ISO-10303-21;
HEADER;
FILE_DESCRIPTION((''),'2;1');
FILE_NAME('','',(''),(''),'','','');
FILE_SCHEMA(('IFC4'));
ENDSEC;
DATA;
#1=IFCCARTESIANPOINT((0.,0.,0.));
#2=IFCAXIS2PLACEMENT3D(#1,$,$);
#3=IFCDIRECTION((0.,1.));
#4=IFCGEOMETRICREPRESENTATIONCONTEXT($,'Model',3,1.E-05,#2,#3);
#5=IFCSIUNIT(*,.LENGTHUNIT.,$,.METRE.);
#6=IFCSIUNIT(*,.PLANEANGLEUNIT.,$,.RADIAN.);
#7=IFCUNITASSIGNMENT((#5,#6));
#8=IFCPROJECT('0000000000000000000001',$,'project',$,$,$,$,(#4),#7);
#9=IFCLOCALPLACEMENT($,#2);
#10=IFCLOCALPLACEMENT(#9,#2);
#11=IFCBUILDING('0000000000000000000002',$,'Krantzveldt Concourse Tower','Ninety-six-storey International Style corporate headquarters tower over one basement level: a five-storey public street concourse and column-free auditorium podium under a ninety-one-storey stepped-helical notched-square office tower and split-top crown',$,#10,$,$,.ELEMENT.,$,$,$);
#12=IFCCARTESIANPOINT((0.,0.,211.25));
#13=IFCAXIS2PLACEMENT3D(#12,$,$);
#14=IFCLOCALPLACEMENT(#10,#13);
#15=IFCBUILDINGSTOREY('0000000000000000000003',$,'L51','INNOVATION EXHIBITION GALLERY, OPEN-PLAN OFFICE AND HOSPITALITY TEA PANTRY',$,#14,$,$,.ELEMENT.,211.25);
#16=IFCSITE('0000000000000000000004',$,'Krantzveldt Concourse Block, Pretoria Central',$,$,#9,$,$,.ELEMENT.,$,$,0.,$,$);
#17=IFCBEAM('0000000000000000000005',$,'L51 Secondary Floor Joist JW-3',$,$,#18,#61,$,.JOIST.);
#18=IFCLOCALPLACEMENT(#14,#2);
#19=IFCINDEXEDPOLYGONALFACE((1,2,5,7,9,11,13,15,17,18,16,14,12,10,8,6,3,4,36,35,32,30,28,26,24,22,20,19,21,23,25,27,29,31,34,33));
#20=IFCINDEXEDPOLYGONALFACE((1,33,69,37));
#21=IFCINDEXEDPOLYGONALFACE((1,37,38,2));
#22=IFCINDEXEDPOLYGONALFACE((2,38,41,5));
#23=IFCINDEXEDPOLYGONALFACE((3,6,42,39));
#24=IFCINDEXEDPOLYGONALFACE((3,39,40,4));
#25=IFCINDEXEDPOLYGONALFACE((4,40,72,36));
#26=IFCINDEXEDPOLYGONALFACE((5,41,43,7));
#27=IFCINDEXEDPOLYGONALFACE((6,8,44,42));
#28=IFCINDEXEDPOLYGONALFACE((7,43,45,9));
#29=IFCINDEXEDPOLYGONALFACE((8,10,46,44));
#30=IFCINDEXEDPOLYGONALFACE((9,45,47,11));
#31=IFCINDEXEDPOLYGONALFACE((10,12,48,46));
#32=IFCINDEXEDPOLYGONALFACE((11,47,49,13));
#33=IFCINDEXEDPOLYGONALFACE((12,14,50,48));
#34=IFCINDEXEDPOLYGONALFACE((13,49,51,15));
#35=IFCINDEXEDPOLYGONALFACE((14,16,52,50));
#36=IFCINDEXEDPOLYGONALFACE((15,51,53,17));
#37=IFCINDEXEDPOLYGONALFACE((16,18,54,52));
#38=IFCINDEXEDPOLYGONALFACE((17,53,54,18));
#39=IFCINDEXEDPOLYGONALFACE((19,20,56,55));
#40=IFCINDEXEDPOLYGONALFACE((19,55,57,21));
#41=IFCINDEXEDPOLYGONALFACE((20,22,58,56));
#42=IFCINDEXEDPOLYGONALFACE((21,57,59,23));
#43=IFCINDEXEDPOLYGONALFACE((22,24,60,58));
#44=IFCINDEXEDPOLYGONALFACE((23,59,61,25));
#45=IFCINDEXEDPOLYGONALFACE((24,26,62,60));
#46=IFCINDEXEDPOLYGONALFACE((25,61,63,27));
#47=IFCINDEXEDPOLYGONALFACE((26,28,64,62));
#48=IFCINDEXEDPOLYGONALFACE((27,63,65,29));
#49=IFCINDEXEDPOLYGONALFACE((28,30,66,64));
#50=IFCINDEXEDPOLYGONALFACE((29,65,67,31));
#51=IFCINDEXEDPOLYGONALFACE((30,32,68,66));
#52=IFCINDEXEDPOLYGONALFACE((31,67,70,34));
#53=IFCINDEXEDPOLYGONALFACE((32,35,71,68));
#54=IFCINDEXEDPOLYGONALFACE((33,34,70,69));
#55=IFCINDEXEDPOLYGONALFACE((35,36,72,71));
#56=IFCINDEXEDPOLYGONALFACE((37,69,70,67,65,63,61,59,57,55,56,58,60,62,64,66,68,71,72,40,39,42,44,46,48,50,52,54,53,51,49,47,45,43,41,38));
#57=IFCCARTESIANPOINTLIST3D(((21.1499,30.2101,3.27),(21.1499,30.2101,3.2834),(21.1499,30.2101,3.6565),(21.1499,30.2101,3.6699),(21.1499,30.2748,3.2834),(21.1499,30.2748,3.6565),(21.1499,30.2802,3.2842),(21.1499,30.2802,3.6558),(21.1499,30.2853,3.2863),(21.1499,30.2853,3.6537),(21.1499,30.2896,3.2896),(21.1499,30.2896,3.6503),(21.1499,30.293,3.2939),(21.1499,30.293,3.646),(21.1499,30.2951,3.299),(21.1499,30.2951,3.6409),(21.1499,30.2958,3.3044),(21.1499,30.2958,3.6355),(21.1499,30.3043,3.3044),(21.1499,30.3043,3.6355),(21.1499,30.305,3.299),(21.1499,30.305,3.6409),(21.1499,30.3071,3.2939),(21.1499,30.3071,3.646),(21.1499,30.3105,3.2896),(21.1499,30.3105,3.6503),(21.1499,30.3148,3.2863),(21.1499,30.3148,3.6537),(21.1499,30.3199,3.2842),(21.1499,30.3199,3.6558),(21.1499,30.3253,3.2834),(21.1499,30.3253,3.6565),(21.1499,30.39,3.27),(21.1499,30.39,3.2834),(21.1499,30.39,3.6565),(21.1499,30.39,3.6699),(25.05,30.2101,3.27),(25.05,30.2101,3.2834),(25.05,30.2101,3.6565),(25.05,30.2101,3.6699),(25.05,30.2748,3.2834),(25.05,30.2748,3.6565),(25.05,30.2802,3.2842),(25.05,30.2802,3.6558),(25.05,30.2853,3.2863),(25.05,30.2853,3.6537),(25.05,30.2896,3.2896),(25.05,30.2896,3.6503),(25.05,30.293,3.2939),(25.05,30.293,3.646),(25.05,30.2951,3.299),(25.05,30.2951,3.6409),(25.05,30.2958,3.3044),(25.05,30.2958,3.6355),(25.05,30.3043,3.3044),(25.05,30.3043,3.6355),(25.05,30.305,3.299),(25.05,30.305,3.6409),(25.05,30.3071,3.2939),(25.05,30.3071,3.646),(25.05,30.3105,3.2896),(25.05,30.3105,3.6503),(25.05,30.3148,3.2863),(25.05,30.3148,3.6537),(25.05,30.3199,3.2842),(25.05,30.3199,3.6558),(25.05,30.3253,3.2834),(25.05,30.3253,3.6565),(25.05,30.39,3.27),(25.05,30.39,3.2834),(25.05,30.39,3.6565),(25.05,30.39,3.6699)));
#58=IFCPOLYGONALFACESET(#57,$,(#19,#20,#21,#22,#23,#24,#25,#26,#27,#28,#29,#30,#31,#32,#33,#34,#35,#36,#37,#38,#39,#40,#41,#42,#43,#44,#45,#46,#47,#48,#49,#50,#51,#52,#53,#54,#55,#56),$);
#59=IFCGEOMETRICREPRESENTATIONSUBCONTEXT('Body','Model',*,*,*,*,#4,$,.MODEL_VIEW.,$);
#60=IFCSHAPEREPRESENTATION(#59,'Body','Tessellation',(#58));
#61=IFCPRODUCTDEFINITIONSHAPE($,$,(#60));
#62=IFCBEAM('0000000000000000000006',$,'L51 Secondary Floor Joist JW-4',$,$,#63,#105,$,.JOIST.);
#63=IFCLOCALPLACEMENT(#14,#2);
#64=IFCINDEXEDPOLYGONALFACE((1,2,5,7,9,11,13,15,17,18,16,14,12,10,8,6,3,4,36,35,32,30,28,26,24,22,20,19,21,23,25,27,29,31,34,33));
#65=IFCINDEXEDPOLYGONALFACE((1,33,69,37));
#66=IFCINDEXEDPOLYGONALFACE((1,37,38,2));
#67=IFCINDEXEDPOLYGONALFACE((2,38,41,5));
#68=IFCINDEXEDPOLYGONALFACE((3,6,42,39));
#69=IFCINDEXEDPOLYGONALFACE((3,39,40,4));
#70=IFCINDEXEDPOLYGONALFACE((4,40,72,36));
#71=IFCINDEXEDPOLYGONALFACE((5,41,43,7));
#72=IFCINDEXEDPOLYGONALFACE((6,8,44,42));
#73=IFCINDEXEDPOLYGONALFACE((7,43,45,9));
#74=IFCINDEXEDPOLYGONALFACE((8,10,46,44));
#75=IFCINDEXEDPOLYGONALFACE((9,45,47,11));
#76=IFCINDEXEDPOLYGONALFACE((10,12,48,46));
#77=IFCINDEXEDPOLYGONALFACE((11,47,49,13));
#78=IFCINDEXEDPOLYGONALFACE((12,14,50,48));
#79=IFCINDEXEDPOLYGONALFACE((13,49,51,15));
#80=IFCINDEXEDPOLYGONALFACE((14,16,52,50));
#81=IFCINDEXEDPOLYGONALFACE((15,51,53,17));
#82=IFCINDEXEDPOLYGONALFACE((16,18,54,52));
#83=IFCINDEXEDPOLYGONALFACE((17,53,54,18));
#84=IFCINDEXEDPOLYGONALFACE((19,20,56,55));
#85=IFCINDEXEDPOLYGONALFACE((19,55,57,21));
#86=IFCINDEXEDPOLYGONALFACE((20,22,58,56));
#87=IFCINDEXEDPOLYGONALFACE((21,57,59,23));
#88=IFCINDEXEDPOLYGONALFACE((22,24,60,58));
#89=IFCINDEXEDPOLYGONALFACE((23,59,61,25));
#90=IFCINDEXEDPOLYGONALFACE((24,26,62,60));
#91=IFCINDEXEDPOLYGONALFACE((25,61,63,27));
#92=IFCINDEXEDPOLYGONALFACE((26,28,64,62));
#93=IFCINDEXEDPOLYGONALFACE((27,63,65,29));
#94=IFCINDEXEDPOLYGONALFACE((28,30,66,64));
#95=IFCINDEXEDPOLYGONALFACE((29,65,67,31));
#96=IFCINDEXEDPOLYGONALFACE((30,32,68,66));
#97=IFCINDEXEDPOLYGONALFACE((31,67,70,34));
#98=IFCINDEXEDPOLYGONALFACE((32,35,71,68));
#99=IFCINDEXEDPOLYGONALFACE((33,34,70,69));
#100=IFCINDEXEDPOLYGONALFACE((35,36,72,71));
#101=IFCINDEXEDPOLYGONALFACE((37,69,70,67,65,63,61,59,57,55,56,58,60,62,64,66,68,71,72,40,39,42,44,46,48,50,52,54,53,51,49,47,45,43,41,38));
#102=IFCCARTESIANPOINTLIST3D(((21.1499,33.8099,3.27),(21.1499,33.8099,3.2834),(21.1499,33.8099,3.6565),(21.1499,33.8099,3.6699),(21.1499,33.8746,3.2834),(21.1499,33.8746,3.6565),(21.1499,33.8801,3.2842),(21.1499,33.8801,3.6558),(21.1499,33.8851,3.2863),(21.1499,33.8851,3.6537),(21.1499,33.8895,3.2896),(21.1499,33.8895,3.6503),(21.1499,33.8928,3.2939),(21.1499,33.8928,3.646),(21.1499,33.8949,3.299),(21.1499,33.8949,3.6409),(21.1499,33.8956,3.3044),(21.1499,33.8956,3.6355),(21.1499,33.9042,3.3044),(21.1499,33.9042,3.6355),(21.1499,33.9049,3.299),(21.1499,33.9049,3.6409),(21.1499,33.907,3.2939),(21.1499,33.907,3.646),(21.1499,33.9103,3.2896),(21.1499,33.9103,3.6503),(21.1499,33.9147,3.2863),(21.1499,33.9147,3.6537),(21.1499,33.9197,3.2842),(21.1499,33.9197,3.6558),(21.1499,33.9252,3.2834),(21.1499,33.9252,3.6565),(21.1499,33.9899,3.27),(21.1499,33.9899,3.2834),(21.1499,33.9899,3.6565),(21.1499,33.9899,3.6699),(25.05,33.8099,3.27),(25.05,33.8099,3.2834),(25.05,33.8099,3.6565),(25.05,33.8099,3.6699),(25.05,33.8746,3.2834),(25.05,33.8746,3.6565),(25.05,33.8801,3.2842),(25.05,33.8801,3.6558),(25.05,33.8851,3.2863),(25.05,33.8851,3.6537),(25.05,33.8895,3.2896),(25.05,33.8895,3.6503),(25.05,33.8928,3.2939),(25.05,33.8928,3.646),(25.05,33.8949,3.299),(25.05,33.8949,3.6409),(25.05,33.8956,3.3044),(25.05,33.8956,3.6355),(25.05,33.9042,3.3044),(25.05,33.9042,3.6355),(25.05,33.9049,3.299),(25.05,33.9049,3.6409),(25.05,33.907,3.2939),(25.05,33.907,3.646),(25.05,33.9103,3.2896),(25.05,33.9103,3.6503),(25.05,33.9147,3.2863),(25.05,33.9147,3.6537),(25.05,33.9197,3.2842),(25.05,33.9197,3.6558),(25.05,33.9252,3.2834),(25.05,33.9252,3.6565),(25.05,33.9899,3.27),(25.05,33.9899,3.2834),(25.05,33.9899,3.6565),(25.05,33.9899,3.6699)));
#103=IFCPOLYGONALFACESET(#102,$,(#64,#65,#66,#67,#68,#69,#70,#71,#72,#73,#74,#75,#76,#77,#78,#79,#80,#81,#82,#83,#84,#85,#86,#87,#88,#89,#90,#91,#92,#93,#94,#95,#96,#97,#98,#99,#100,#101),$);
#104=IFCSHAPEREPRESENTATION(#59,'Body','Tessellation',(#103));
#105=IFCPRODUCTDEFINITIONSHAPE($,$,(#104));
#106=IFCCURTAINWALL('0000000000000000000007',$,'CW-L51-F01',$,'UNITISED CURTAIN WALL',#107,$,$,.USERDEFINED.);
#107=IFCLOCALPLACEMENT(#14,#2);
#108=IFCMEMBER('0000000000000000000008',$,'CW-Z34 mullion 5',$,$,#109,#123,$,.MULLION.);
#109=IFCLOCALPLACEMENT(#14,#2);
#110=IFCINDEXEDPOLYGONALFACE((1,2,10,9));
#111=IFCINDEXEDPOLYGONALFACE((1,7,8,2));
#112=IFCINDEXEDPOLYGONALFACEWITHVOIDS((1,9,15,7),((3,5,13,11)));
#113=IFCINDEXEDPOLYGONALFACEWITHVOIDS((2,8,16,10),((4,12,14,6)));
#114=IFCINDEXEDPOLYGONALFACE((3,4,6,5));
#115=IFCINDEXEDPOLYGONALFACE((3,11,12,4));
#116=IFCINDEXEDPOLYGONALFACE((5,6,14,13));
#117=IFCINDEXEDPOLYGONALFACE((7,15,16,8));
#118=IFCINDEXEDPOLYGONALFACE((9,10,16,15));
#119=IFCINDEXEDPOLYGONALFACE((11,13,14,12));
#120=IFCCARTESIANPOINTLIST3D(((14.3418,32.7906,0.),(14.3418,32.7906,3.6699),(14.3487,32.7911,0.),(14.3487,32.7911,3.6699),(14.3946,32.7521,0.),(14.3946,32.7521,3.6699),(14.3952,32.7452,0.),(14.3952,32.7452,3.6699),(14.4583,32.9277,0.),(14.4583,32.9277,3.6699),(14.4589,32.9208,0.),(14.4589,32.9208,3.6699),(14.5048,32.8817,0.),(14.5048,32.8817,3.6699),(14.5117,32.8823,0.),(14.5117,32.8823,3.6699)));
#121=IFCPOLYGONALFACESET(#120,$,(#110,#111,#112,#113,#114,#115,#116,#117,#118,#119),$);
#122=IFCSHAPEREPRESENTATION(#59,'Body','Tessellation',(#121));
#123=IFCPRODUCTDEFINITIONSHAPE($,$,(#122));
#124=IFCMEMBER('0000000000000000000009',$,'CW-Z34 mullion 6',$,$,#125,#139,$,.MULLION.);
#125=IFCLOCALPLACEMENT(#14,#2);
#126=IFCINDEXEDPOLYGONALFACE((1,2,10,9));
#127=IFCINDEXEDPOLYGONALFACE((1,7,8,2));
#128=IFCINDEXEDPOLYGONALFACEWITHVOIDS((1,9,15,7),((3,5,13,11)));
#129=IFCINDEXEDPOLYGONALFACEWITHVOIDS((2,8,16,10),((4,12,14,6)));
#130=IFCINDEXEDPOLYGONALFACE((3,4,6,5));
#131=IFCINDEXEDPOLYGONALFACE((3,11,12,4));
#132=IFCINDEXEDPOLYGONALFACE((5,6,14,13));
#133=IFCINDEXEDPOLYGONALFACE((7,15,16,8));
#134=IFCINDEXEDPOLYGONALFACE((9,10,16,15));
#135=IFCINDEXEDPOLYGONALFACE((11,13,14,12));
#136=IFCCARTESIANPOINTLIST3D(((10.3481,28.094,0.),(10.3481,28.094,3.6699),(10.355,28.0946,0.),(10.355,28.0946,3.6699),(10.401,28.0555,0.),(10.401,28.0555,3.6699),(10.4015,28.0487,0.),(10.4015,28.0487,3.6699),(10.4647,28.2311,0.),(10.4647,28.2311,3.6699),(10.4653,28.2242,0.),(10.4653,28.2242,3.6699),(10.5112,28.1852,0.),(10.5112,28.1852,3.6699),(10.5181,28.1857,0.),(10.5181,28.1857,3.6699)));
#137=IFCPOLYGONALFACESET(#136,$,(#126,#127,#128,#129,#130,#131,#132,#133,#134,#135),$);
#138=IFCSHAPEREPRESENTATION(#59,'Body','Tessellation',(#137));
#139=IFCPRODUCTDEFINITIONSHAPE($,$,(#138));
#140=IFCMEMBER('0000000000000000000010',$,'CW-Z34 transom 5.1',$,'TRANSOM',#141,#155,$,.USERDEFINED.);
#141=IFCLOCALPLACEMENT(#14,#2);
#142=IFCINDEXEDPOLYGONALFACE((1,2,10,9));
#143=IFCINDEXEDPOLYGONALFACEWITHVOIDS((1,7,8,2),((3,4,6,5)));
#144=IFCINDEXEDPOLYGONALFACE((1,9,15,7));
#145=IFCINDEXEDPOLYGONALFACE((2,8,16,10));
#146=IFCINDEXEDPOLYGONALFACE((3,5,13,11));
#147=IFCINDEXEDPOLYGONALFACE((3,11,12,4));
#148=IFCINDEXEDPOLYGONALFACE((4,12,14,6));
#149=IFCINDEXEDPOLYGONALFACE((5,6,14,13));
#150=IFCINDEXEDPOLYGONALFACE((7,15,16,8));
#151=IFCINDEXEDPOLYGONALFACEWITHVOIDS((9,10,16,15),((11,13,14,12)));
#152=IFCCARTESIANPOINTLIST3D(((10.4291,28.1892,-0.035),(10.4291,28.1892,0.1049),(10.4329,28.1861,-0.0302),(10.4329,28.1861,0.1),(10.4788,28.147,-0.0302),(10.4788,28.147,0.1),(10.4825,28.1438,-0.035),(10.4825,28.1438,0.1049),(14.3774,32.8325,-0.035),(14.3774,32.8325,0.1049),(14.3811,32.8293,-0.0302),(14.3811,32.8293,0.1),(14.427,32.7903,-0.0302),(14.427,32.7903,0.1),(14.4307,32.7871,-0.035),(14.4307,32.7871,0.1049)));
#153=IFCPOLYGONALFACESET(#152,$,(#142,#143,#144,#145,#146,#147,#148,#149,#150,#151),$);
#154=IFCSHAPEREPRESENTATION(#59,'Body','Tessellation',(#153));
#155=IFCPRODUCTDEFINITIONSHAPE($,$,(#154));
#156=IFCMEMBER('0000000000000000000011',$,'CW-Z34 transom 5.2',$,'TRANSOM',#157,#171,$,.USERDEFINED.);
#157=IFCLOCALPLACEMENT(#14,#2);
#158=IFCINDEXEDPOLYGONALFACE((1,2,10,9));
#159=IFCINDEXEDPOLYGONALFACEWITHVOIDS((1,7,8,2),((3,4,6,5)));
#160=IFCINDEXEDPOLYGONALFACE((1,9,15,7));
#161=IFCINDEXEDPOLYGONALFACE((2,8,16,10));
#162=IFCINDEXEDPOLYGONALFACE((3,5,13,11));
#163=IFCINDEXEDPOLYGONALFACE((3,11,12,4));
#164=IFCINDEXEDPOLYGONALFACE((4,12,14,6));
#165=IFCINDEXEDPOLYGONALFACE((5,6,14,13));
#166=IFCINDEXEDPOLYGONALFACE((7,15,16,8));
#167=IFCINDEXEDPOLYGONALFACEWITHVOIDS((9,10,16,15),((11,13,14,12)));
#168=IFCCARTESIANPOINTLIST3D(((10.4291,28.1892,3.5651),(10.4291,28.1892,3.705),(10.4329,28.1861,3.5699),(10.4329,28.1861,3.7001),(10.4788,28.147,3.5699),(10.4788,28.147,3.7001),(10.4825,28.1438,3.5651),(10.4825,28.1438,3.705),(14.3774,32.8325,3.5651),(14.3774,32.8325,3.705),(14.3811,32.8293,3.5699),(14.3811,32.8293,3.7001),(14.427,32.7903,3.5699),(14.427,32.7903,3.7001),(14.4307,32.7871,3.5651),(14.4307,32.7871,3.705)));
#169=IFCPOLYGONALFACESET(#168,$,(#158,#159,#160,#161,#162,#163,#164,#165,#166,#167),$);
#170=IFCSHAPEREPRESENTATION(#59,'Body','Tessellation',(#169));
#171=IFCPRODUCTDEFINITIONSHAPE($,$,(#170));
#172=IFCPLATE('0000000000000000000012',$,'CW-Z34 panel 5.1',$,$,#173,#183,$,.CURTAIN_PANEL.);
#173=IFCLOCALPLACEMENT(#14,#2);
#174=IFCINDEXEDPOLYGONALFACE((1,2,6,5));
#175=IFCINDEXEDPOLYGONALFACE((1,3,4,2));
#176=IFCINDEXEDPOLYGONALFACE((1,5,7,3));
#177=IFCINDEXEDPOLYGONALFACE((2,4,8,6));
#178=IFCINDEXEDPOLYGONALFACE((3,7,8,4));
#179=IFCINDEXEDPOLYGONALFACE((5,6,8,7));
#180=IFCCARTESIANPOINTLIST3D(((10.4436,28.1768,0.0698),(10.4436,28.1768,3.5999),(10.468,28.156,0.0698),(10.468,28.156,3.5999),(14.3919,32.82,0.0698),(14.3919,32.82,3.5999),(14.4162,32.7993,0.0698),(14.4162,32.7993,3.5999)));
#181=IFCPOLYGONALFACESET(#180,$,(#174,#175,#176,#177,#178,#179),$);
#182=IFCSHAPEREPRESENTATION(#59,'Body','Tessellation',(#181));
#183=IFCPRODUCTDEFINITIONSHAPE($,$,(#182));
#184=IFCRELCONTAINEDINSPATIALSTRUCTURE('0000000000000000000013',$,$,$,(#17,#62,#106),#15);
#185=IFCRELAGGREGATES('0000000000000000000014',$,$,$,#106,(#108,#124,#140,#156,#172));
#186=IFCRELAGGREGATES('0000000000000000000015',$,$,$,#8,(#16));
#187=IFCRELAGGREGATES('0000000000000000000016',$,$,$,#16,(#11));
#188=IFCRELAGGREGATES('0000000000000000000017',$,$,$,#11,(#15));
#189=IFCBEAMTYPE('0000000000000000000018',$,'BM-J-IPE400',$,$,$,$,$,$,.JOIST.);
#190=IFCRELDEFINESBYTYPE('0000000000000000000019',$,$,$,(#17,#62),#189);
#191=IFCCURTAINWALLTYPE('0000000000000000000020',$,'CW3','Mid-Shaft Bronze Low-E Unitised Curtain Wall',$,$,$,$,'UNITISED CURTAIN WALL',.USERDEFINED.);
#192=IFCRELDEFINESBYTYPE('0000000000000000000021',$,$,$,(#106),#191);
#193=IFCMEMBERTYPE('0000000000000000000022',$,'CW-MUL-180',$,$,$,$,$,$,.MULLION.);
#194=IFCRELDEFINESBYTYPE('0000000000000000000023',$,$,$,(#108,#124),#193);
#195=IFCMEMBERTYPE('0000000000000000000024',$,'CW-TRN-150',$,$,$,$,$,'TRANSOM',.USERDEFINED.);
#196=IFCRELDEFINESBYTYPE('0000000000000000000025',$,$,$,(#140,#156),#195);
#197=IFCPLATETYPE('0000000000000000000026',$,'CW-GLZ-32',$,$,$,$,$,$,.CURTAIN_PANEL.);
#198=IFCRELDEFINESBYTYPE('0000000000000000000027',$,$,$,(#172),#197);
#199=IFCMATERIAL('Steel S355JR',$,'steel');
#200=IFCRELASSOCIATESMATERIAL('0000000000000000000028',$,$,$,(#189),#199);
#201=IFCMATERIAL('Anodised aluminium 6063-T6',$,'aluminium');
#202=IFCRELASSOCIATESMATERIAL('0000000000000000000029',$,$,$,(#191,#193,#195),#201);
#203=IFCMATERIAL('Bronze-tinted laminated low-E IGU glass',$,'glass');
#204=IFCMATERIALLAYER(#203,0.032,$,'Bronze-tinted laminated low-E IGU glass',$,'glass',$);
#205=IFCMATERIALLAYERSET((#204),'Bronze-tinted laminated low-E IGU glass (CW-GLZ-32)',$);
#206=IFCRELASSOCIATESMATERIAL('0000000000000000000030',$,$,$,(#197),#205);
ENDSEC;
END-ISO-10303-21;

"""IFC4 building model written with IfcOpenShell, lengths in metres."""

from ifc_helpers import new_model, si_unit, direction, frame, origin, origin_2d, place, context, subcontext, project, spatial, rectangle, hollow_rectangle, i_section, extrude, source, transform, mapped, material, layer, layer_set, material_profile, profile_set, type_object, type_shapes, element, aggregate, save


model = new_model("IFC4")

# Units and contexts
model_context = context("Model", 3, precision=1e-05, world=origin(), true_north=direction((0.0, 1.0)))
body_context = subcontext(model_context, "Body", "Model", "MODEL_VIEW")
ifc_project = project(units=[si_unit("LENGTHUNIT", "METRE"), si_unit("PLANEANGLEUNIT", "RADIAN")], contexts=[model_context])

# Site, building, storey
site_placement = place(None, origin())
site = spatial("IfcSite", under=ifc_project, at=site_placement, Name="Krantzveldt Concourse Block, Pretoria Central", CompositionType="ELEMENT", RefElevation=0.0)
building_placement = place(site_placement, origin())
building = spatial("IfcBuilding", under=site, at=building_placement, Name="Krantzveldt Concourse Tower", Description="Ninety-six-storey International Style corporate headquarters tower over one basement level: a five-storey public street concourse and column-free auditorium podium under a ninety-one-storey stepped-helical notched-square office tower and split-top crown", CompositionType="ELEMENT")
storey_placement = place(building_placement, frame((0.0, 0.0, 211.25)))
storey = spatial("IfcBuildingStorey", under=building, at=storey_placement, Name="L51", Description="INNOVATION EXHIBITION GALLERY, OPEN-PLAN OFFICE AND HOSPITALITY TEA PANTRY", CompositionType="ELEMENT", Elevation=211.25)

# Beams
ifc_material_1 = material(Name="Steel S355JR", Category="steel")
ifc_material_profile_1 = material_profile(ifc_material_1, i_section(OverallWidth=0.1799, OverallDepth=0.3999, WebThickness=0.0085, FlangeThickness=0.0134, FilletRadius=0.021, at=origin_2d()), Name="Steel S355JR", Category="steel")
ifc_profile_set_1 = profile_set([ifc_material_profile_1], Name="Steel S355JR - IPE 400")
beam_type_1 = type_object("IfcBeamType", Name="BM-J-IPE400", PredefinedType="JOIST", material=ifc_profile_set_1)
shared_shape_1 = source(origin(), body_context, "Body", "SweptSolid", [
    extrude(i_section(OverallWidth=0.1799, OverallDepth=0.3999, WebThickness=0.0085, FlangeThickness=0.0134, FilletRadius=0.021, at=origin_2d()), origin(), (0.0, 0.0, 1.0), 3.9001),
])
type_shapes(beam_type_1, [shared_shape_1])
for number, where, z_axis, x_axis, name in (
    (1, (21.1499, 30.3, 3.47), (1.0, 0.0, 0.0), (0.0, 1.0, 0.0), "L51 Secondary Floor Joist JW-3"),
    (2, (21.1499, 33.8999, 3.47), (1.0, 0.0, 0.0), (0.0, 1.0, 0.0), "L51 Secondary Floor Joist JW-4"),
):
    element("IfcBeam", number, at=place(storey_placement, frame(where, z_axis=z_axis, x_axis=x_axis)), inside=storey, type_object=beam_type_1, Name=name, PredefinedType="JOIST", context=body_context, shape_type="MappedRepresentation", body=[
        mapped(shared_shape_1, transform((0.0, 0.0, 0.0), x_axis=(1.0, 0.0, 0.0), y_axis=(0.0, 1.0, 0.0), z_axis=(0.0, 0.0, 1.0), scale=1.0)),
    ])

# Curtain wall, members, plate
ifc_material_2 = material(Name="Anodised aluminium 6063-T6", Category="aluminium")
curtain_wall_type = type_object("IfcCurtainWallType", Name="CW3", Description="Mid-Shaft Bronze Low-E Unitised Curtain Wall", ElementType="UNITISED CURTAIN WALL", PredefinedType="USERDEFINED", material=ifc_material_2)
curtain_wall_placement = place(storey_placement, origin())
curtain_wall = element("IfcCurtainWall", 3, at=curtain_wall_placement, inside=storey, type_object=curtain_wall_type, Name="CW-L51-F01", ObjectType="UNITISED CURTAIN WALL", PredefinedType="USERDEFINED")
ifc_material_profile_2 = material_profile(ifc_material_2, hollow_rectangle(XDim=0.0701, YDim=0.1799, WallThickness=0.0049, at=origin_2d()), Name="Anodised aluminium 6063-T6", Category="aluminium")
ifc_profile_set_2 = profile_set([ifc_material_profile_2], Name="Anodised aluminium 6063-T6 - ALU-MULL 180x70x5")
member_type_1 = type_object("IfcMemberType", Name="CW-MUL-180", PredefinedType="MULLION", material=ifc_profile_set_2)
shared_shape_2 = source(origin(), body_context, "Body", "SweptSolid", [
    extrude(hollow_rectangle(XDim=0.0701, YDim=0.1799, WallThickness=0.0049, at=origin_2d()), origin(), (0.0, 0.0, 1.0), 3.6699),
])
type_shapes(member_type_1, [shared_shape_2])
member_1_placement = place(storey_placement, frame((14.4268, 32.8364, 0.0), z_axis=(0.0, 0.0, 1.0), x_axis=(0.761821, -0.647788, 0.0)))
member_1 = element("IfcMember", 4, at=member_1_placement, type_object=member_type_1, Name="CW-Z34 mullion 5", PredefinedType="MULLION", context=body_context, shape_type="MappedRepresentation", body=[
    mapped(shared_shape_2, transform((0.0, 0.0, 0.0), x_axis=(1.0, 0.0, 0.0), y_axis=(0.0, 1.0, 0.0), z_axis=(0.0, 0.0, 1.0), scale=1.0)),
])
member_2_placement = place(storey_placement, frame((10.4331, 28.1399, 0.0), z_axis=(0.0, 0.0, 1.0), x_axis=(0.761821, -0.647788, 0.0)))
member_2 = element("IfcMember", 5, at=member_2_placement, type_object=member_type_1, Name="CW-Z34 mullion 6", PredefinedType="MULLION", context=body_context, shape_type="MappedRepresentation", body=[
    mapped(shared_shape_2, transform((0.0, 0.0, 0.0), x_axis=(1.0, 0.0, 0.0), y_axis=(0.0, 1.0, 0.0), z_axis=(0.0, 0.0, 1.0), scale=1.0)),
])
ifc_material_profile_3 = material_profile(ifc_material_2, hollow_rectangle(XDim=0.0701, YDim=0.1399, WallThickness=0.0049, at=origin_2d()), Name="Anodised aluminium 6063-T6", Category="aluminium")
ifc_profile_set_3 = profile_set([ifc_material_profile_3], Name="Anodised aluminium 6063-T6 - ALU-TRAN 140x70x5")
member_type_2 = type_object("IfcMemberType", Name="CW-TRN-150", ElementType="TRANSOM", PredefinedType="USERDEFINED", material=ifc_profile_set_3)
shared_shape_3 = source(origin(), body_context, "Body", "SweptSolid", [
    extrude(hollow_rectangle(XDim=0.0701, YDim=0.1399, WallThickness=0.0049, at=origin_2d()), origin(), (0.0, 0.0, 1.0), 6.095),
])
type_shapes(member_type_2, [shared_shape_3])
member_3_placement = place(storey_placement, frame((14.4041, 32.8098, 0.0349), z_axis=(-0.647784, -0.761824, 0.0), x_axis=(0.761824, -0.647784, 0.0)))
member_3 = element("IfcMember", 6, at=member_3_placement, type_object=member_type_2, Name="CW-Z34 transom 5.1", ObjectType="TRANSOM", PredefinedType="USERDEFINED", context=body_context, shape_type="MappedRepresentation", body=[
    mapped(shared_shape_3, transform((0.0, 0.0, 0.0), x_axis=(1.0, 0.0, 0.0), y_axis=(0.0, 1.0, 0.0), z_axis=(0.0, 0.0, 1.0), scale=1.0)),
])
member_4_placement = place(storey_placement, frame((14.4041, 32.8098, 3.635), z_axis=(-0.647784, -0.761824, 0.0), x_axis=(0.761824, -0.647784, 0.0)))
member_4 = element("IfcMember", 7, at=member_4_placement, type_object=member_type_2, Name="CW-Z34 transom 5.2", ObjectType="TRANSOM", PredefinedType="USERDEFINED", context=body_context, shape_type="MappedRepresentation", body=[
    mapped(shared_shape_3, transform((0.0, 0.0, 0.0), x_axis=(1.0, 0.0, 0.0), y_axis=(0.0, 1.0, 0.0), z_axis=(0.0, 0.0, 1.0), scale=1.0)),
])
ifc_material_3 = material(Name="Bronze-tinted laminated low-E IGU glass", Category="glass")
ifc_layer_1 = layer(ifc_material_3, 0.032, Name="Bronze-tinted laminated low-E IGU glass", Category="glass")
ifc_layer_set_1 = layer_set([ifc_layer_1], Name="Bronze-tinted laminated low-E IGU glass (CW-GLZ-32)")
plate_type = type_object("IfcPlateType", Name="CW-GLZ-32", PredefinedType="CURTAIN_PANEL", material=ifc_layer_set_1)
shared_shape_4 = source(origin(), body_context, "Body", "SweptSolid", [
    extrude(rectangle(XDim=6.095, YDim=0.032, at=origin_2d()), origin(), (0.0, 0.0, 1.0), 3.53),
])
type_shapes(plate_type, [shared_shape_4])
plate_placement = place(storey_placement, frame((12.4299, 30.488, 0.0698), z_axis=(0.0, 0.0, 1.0), x_axis=(-0.647788, -0.761821, 0.0)))
plate = element("IfcPlate", 8, at=plate_placement, type_object=plate_type, Name="CW-Z34 panel 5.1", PredefinedType="CURTAIN_PANEL", context=body_context, shape_type="MappedRepresentation", body=[
    mapped(shared_shape_4, transform((0.0, 0.0, 0.0), x_axis=(1.0, 0.0, 0.0), y_axis=(0.0, 1.0, 0.0), z_axis=(0.0, 0.0, 1.0), scale=1.0)),
])
aggregate(curtain_wall, [member_1, member_2, member_3, member_4, plate])

save(model, "model.ifc")
